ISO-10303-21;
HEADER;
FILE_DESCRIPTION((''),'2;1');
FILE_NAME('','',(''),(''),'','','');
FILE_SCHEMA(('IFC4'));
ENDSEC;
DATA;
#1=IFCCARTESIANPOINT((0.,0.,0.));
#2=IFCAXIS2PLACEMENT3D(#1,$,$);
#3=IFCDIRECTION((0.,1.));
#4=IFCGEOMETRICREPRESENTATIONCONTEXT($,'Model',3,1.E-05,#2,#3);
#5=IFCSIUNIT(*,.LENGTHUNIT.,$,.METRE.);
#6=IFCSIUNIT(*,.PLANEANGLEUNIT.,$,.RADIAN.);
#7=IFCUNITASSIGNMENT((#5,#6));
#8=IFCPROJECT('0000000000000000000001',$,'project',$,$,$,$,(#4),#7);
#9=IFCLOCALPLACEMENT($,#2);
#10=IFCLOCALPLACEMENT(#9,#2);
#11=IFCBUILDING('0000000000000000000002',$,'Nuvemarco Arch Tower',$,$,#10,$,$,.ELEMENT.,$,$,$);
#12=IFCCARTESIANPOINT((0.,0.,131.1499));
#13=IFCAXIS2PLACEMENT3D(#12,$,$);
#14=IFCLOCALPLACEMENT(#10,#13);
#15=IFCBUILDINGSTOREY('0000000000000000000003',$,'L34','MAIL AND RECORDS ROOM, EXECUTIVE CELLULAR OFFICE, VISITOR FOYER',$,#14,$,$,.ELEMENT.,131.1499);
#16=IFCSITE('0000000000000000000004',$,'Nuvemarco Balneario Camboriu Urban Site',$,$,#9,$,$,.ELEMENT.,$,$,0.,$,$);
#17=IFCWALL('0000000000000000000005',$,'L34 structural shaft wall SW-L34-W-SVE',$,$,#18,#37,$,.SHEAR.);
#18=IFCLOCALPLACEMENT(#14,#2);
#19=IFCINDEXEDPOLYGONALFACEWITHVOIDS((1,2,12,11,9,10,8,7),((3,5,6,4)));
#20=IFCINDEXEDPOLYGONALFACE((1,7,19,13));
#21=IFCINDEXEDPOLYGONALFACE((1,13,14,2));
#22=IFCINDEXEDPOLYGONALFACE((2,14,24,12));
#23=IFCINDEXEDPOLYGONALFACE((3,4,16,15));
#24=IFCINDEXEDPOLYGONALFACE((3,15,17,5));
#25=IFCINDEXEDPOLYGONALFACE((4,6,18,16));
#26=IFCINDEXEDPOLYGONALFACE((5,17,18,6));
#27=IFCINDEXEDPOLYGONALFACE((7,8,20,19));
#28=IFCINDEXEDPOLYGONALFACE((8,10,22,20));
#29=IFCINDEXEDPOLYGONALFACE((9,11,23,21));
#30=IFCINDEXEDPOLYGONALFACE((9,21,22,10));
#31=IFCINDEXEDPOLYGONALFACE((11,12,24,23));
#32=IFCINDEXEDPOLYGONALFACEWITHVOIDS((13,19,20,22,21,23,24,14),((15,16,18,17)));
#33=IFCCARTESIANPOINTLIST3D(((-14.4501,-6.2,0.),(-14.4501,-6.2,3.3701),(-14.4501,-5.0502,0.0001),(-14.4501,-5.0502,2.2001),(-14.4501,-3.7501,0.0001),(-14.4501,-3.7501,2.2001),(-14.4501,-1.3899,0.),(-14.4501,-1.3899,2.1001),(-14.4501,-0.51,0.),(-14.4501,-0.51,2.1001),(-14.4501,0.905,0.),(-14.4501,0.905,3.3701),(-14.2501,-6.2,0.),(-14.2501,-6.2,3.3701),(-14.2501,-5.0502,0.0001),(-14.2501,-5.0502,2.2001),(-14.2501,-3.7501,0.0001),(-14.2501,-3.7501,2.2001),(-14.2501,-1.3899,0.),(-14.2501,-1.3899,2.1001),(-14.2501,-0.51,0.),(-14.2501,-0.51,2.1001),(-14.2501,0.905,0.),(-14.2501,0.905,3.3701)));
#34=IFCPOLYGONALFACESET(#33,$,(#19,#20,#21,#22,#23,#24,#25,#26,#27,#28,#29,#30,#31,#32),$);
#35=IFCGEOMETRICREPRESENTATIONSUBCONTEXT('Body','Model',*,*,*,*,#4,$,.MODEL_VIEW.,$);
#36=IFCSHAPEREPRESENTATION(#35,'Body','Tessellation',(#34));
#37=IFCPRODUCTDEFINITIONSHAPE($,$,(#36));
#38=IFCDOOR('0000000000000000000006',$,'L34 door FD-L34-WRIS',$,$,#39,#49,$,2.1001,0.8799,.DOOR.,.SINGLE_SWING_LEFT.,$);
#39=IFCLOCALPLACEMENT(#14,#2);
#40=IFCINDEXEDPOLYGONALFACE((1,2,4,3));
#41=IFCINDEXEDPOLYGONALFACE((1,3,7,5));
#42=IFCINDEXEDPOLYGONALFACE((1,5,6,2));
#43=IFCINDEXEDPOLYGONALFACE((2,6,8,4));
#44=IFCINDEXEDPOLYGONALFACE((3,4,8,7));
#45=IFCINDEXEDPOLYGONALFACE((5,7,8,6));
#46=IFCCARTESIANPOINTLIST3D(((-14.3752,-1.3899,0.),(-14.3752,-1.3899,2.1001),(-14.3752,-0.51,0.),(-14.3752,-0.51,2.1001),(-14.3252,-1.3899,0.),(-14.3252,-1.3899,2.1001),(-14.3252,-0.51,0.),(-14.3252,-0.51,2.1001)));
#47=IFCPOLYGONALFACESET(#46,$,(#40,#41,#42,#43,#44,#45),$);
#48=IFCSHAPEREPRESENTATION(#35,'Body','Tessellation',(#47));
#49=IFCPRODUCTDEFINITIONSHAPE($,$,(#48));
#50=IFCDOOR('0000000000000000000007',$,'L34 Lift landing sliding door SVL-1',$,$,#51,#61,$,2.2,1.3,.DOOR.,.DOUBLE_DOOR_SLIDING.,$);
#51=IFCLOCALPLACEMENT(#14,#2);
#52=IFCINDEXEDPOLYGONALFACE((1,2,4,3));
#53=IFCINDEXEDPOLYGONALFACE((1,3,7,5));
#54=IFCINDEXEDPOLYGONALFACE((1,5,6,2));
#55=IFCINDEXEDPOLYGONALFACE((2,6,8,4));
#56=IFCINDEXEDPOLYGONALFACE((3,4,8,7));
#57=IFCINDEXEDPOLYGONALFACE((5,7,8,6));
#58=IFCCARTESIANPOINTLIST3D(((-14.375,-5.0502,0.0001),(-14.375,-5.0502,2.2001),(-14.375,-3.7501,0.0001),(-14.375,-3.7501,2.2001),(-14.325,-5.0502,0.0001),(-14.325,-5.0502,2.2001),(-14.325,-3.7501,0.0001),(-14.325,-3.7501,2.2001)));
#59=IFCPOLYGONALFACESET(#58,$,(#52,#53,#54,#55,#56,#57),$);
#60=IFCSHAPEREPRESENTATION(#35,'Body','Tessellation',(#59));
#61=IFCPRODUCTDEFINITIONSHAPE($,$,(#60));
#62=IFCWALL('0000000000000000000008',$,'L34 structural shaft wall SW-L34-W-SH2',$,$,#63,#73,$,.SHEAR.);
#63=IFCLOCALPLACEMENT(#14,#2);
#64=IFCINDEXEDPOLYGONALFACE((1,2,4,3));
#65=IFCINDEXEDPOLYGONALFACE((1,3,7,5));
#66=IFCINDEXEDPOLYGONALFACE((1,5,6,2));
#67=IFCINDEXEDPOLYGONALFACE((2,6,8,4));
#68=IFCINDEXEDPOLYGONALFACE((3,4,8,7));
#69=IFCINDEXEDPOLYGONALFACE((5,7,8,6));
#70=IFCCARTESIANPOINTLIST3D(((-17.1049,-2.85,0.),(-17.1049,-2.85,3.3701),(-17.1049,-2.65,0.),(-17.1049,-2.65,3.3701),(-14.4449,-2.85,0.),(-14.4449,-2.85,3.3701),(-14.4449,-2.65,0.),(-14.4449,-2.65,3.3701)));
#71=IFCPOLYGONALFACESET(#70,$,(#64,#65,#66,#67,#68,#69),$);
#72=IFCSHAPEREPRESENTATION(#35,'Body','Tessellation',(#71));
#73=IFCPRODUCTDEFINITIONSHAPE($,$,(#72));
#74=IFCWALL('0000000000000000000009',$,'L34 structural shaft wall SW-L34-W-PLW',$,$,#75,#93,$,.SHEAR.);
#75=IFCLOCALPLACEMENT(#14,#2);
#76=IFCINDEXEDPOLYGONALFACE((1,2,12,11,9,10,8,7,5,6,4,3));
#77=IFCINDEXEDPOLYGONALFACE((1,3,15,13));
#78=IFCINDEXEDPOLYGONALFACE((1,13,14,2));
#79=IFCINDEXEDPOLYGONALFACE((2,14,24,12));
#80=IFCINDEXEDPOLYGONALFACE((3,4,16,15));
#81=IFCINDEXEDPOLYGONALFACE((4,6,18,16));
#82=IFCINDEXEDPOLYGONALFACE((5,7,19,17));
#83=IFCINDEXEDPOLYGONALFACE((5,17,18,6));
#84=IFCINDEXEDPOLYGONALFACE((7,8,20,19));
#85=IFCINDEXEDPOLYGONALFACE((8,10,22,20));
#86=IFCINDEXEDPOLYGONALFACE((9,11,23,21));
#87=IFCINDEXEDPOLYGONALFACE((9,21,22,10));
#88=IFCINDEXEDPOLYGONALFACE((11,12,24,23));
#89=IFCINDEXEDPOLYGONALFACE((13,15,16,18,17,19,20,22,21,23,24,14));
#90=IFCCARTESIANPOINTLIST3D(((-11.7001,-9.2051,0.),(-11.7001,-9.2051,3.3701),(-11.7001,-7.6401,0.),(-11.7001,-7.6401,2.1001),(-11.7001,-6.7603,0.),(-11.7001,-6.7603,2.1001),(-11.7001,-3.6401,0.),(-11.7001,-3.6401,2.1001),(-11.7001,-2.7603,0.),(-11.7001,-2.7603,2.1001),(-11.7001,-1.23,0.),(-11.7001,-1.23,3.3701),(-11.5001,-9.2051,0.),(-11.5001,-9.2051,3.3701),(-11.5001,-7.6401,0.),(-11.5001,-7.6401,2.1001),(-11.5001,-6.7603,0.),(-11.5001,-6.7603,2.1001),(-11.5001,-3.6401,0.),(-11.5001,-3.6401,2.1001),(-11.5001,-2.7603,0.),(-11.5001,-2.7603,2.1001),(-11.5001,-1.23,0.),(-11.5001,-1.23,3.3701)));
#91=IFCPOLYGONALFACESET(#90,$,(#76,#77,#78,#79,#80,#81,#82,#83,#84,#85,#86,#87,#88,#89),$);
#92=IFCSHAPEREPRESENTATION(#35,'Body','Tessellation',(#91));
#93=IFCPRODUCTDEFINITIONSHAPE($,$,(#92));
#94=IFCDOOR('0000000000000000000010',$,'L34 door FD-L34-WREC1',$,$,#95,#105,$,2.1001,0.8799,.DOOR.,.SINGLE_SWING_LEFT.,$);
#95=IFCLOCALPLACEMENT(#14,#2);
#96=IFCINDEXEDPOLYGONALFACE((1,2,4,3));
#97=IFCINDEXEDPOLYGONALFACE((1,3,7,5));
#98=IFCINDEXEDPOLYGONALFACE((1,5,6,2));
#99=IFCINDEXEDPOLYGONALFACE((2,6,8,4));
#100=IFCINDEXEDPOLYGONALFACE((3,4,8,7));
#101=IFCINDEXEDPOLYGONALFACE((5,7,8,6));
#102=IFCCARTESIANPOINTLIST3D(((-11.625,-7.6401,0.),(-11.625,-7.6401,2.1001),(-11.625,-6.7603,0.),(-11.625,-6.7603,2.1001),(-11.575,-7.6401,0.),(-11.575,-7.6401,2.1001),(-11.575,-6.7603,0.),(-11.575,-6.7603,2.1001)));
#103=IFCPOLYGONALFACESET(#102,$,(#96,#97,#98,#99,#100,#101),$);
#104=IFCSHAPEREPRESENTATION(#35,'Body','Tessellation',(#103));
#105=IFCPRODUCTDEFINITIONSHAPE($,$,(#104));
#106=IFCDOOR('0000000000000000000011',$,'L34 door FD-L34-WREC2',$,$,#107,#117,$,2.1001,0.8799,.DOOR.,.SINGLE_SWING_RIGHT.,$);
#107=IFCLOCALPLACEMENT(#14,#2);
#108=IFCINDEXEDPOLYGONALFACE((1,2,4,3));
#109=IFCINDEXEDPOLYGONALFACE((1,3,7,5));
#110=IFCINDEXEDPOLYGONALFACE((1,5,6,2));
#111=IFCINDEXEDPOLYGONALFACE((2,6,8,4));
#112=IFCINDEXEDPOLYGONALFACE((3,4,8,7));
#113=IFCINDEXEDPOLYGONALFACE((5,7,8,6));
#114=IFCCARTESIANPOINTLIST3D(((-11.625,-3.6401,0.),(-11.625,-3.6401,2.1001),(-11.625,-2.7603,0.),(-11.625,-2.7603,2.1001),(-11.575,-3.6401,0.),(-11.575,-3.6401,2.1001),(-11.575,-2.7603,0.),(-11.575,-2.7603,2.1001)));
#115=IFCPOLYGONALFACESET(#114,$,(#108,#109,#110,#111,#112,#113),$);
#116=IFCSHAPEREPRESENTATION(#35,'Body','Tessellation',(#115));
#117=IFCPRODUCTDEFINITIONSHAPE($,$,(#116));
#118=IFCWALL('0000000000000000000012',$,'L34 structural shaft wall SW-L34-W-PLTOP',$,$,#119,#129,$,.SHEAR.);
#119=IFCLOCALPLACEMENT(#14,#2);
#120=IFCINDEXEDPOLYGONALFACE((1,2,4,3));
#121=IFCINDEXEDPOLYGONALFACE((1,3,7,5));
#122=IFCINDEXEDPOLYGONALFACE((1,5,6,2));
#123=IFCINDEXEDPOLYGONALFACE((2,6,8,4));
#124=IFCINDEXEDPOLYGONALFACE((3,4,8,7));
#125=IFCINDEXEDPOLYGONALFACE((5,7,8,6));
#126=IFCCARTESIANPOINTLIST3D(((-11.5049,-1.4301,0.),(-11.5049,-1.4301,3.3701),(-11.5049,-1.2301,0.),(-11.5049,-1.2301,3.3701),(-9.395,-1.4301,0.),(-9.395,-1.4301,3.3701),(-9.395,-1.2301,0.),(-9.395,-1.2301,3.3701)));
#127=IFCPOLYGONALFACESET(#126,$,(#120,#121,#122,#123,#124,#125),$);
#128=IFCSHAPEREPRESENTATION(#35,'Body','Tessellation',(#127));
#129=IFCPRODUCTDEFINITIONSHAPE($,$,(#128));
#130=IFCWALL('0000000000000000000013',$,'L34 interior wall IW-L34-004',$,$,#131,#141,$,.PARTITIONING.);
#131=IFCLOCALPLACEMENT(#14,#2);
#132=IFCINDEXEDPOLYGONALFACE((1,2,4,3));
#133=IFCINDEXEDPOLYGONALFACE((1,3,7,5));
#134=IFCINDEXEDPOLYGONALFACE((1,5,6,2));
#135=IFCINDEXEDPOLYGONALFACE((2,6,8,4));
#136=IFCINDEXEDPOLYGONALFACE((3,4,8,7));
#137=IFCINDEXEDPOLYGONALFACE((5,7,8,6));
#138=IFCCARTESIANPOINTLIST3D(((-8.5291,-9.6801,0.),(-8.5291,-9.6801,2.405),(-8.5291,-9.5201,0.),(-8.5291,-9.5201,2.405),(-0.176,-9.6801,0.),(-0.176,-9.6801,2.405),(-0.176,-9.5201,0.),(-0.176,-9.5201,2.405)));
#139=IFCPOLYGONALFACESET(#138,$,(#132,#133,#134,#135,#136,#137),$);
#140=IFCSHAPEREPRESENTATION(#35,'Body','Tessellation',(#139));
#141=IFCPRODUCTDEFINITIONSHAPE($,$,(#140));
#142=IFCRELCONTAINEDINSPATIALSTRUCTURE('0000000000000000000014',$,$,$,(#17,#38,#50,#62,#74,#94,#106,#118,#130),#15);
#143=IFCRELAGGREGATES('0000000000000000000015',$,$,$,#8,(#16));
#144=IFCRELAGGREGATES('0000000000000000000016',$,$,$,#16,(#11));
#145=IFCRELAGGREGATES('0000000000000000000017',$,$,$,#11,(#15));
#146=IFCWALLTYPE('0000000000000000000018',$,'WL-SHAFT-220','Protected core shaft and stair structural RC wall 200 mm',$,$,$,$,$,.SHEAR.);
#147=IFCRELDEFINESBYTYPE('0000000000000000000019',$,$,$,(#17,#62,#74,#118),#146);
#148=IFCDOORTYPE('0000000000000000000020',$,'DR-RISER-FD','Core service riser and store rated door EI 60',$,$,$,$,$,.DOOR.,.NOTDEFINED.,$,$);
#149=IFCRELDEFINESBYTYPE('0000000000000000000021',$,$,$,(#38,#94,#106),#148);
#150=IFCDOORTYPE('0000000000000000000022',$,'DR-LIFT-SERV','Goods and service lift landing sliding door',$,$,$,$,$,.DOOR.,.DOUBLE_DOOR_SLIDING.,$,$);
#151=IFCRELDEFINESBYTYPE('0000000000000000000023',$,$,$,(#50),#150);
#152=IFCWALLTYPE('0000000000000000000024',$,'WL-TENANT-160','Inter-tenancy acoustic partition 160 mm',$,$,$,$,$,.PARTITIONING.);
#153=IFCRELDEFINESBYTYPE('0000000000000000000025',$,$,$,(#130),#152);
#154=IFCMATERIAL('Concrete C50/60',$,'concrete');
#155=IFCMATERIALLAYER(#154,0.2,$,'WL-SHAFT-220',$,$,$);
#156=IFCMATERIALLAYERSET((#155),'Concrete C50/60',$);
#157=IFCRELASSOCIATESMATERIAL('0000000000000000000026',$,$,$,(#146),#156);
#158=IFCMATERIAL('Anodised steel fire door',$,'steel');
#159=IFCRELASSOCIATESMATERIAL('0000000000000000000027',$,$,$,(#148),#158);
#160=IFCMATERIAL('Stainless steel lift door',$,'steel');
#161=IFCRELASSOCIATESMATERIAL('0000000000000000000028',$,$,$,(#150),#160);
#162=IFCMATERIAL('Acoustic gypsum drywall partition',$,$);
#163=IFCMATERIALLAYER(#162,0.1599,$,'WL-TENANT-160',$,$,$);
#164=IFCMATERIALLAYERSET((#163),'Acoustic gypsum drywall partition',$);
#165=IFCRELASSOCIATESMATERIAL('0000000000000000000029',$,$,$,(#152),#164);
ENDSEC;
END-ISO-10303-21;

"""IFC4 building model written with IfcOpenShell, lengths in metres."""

from ifc_helpers import new_model, si_unit, direction, frame, frame_2d, origin, place, context, subcontext, project, spatial, rectangle, extrude, source, transform, mapped, material, layer, layer_set, type_object, type_shapes, element, fill, save


model = new_model("IFC4")

# Units and contexts
model_context = context("Model", 3, precision=1e-05, world=origin(), true_north=direction((0.0, 1.0)))
body_context = subcontext(model_context, "Body", "Model", "MODEL_VIEW")
ifc_project = project(units=[si_unit("LENGTHUNIT", "METRE"), si_unit("PLANEANGLEUNIT", "RADIAN")], contexts=[model_context])

# Site, building, storey
site_placement = place(None, origin())
site = spatial("IfcSite", under=ifc_project, at=site_placement, Name="Nuvemarco Balneario Camboriu Urban Site", CompositionType="ELEMENT", RefElevation=0.0)
building_placement = place(site_placement, origin())
building = spatial("IfcBuilding", under=site, at=building_placement, Name="Nuvemarco Arch Tower", CompositionType="ELEMENT")
storey_placement = place(building_placement, frame((0.0, 0.0, 131.1499)))
storey = spatial("IfcBuildingStorey", under=building, at=storey_placement, Name="L34", Description="MAIL AND RECORDS ROOM, EXECUTIVE CELLULAR OFFICE, VISITOR FOYER", CompositionType="ELEMENT", Elevation=131.1499)

# Shared definitions
ifc_material_1 = material(Name="Concrete C50/60", Category="concrete")

# Shared definitions
ifc_material_2 = material(Name="Anodised steel fire door", Category="steel")

# Shared definitions
ifc_layer_1 = layer(ifc_material_1, 0.2, Name="WL-SHAFT-220")
ifc_layer_set_1 = layer_set([ifc_layer_1], Name="Concrete C50/60")
wall_type_1 = type_object("IfcWallType", Name="WL-SHAFT-220", Description="Protected core shaft and stair structural RC wall 200 mm", PredefinedType="SHEAR", material=ifc_layer_set_1)
ifc_material_3 = material(Name="Stainless steel lift door", Category="steel")

# Wall, openings, doors
wall_1_placement = place(storey_placement, frame((-14.3501, -6.2, 0.0), z_axis=(0.0, 0.0, 1.0), x_axis=(0.0, 1.0, 0.0)))
wall_1 = element("IfcWall", 1, at=wall_1_placement, inside=storey, type_object=wall_type_1, Name="L34 structural shaft wall SW-L34-W-SVE", PredefinedType="SHEAR", context=body_context, shape_type="SweptSolid", body=[
    extrude(rectangle(XDim=7.105, YDim=0.2, at=frame_2d((3.5525, 0.0))), origin(), (0.0, 0.0, 1.0), 3.3701),
])
opening_1_placement = place(wall_1_placement, frame((5.6899, 0.0, 0.0), z_axis=(0.0, 0.0, 1.0), x_axis=(-1.0, 0.0, 0.0)))
opening_1 = element("IfcOpeningElement", 2, at=opening_1_placement, cuts=wall_1, PredefinedType="OPENING", context=body_context, shape_type="SweptSolid", body=[
    extrude(rectangle(XDim=0.8799, YDim=2.1001, at=frame_2d((0.4399, 1.05))), frame((0.0, 0.1099, 0.0), z_axis=(0.0, -1.0, 0.0), x_axis=(1.0, 0.0, 0.0)), (0.0, 0.0, 1.0), 0.22),
])
opening_2_placement = place(wall_1_placement, frame((1.1499, 0.0, 0.0)))
opening_2 = element("IfcOpeningElement", 3, at=opening_2_placement, cuts=wall_1, PredefinedType="OPENING", context=body_context, shape_type="SweptSolid", body=[
    extrude(rectangle(XDim=1.3, YDim=2.2, at=frame_2d((0.6499, 1.1001))), frame((0.0, 0.1099, 0.0), z_axis=(0.0, -1.0, 0.0), x_axis=(1.0, 0.0, 0.0)), (0.0, 0.0, 1.0), 0.22),
])
door_type_1 = type_object("IfcDoorType", Name="DR-RISER-FD", Description="Core service riser and store rated door EI 60", OperationType="NOTDEFINED", PredefinedType="DOOR", material=ifc_material_2)
shared_shape_1 = source(origin(), body_context, "Body", "SweptSolid", [
    extrude(rectangle(XDim=0.8799, YDim=2.1001, at=frame_2d((0.4399, 1.05))), frame((0.0, 0.0249, 0.0), z_axis=(0.0, -1.0, 0.0), x_axis=(1.0, 0.0, 0.0)), (0.0, 0.0, 1.0), 0.05),
])
type_shapes(door_type_1, [shared_shape_1])
door_1_placement = place(opening_1_placement, origin())
door_1 = element("IfcDoor", 4, at=door_1_placement, inside=storey, type_object=door_type_1, Name="L34 door FD-L34-WRIS", OperationType="SINGLE_SWING_LEFT", OverallHeight=2.1001, OverallWidth=0.8799, PredefinedType="DOOR", context=body_context, shape_type="MappedRepresentation", body=[
    mapped(shared_shape_1, transform((0.0, 0.0, 0.0), scale=1.0)),
])
fill(opening_1, door_1)
door_type_2 = type_object("IfcDoorType", Name="DR-LIFT-SERV", Description="Goods and service lift landing sliding door", OperationType="DOUBLE_DOOR_SLIDING", PredefinedType="DOOR", material=ifc_material_3)
shared_shape_2 = source(origin(), body_context, "Body", "SweptSolid", [
    extrude(rectangle(XDim=1.3, YDim=2.2, at=frame_2d((0.6499, 1.1001))), frame((0.0, 0.0249, 0.0), z_axis=(0.0, -1.0, 0.0), x_axis=(1.0, 0.0, 0.0)), (0.0, 0.0, 1.0), 0.05),
])
type_shapes(door_type_2, [shared_shape_2])
door_2_placement = place(opening_2_placement, origin())
door_2 = element("IfcDoor", 5, at=door_2_placement, inside=storey, type_object=door_type_2, Name="L34 Lift landing sliding door SVL-1", OperationType="DOUBLE_DOOR_SLIDING", OverallHeight=2.2, OverallWidth=1.3, PredefinedType="DOOR", context=body_context, shape_type="MappedRepresentation", body=[
    mapped(shared_shape_2, transform((0.0, 0.0, 0.0), scale=1.0)),
])
fill(opening_2, door_2)

# Wall
wall_2_placement = place(storey_placement, frame((-17.105, -2.75, 0.0), z_axis=(0.0, 0.0, 1.0), x_axis=(1.0, 0.0, 0.0)))
element("IfcWall", 6, at=wall_2_placement, inside=storey, type_object=wall_type_1, Name="L34 structural shaft wall SW-L34-W-SH2", PredefinedType="SHEAR", context=body_context, shape_type="SweptSolid", body=[
    extrude(rectangle(XDim=2.6599, YDim=0.2, at=frame_2d((1.3301, 0.0))), origin(), (0.0, 0.0, 1.0), 3.3701),
])

# Wall, openings, doors
wall_3_placement = place(storey_placement, frame((-11.6001, -9.2051, 0.0), z_axis=(0.0, 0.0, 1.0), x_axis=(0.0, 1.0, 0.0)))
wall_3 = element("IfcWall", 7, at=wall_3_placement, inside=storey, type_object=wall_type_1, Name="L34 structural shaft wall SW-L34-W-PLW", PredefinedType="SHEAR", context=body_context, shape_type="SweptSolid", body=[
    extrude(rectangle(XDim=7.9751, YDim=0.2, at=frame_2d((3.9875, 0.0))), origin(), (0.0, 0.0, 1.0), 3.3701),
])
opening_3_placement = place(wall_3_placement, frame((1.5649, 0.0, 0.0)))
opening_3 = element("IfcOpeningElement", 8, at=opening_3_placement, cuts=wall_3, PredefinedType="OPENING", context=body_context, shape_type="SweptSolid", body=[
    extrude(rectangle(XDim=0.8799, YDim=2.1001, at=frame_2d((0.4399, 1.05))), frame((0.0, 0.1099, 0.0), z_axis=(0.0, -1.0, 0.0), x_axis=(1.0, 0.0, 0.0)), (0.0, 0.0, 1.0), 0.22),
])
opening_4_placement = place(wall_3_placement, frame((5.5649, 0.0, 0.0)))
opening_4 = element("IfcOpeningElement", 9, at=opening_4_placement, cuts=wall_3, PredefinedType="OPENING", context=body_context, shape_type="SweptSolid", body=[
    extrude(rectangle(XDim=0.8799, YDim=2.1001, at=frame_2d((0.4399, 1.05))), frame((0.0, 0.1099, 0.0), z_axis=(0.0, -1.0, 0.0), x_axis=(1.0, 0.0, 0.0)), (0.0, 0.0, 1.0), 0.22),
])
door_3_placement = place(opening_3_placement, origin())
door_3 = element("IfcDoor", 10, at=door_3_placement, inside=storey, type_object=door_type_1, Name="L34 door FD-L34-WREC1", OperationType="SINGLE_SWING_LEFT", OverallHeight=2.1001, OverallWidth=0.8799, PredefinedType="DOOR", context=body_context, shape_type="MappedRepresentation", body=[
    mapped(shared_shape_1, transform((0.0, 0.0, 0.0), scale=1.0)),
])
fill(opening_3, door_3)
door_4_placement = place(opening_4_placement, origin())
door_4 = element("IfcDoor", 11, at=door_4_placement, inside=storey, type_object=door_type_1, Name="L34 door FD-L34-WREC2", OperationType="SINGLE_SWING_RIGHT", OverallHeight=2.1001, OverallWidth=0.8799, PredefinedType="DOOR", context=body_context, shape_type="MappedRepresentation", body=[
    mapped(shared_shape_1, transform((0.0, 0.0, 0.0), scale=1.0)),
])
fill(opening_4, door_4)

# Walls
wall_4_placement = place(storey_placement, frame((-11.5049, -1.3301, 0.0), z_axis=(0.0, 0.0, 1.0), x_axis=(1.0, 0.0, 0.0)))
element("IfcWall", 12, at=wall_4_placement, inside=storey, type_object=wall_type_1, Name="L34 structural shaft wall SW-L34-W-PLTOP", PredefinedType="SHEAR", context=body_context, shape_type="SweptSolid", body=[
    extrude(rectangle(XDim=2.1099, YDim=0.2, at=frame_2d((1.0549, 0.0))), origin(), (0.0, 0.0, 1.0), 3.3701),
])
ifc_material_4 = material(Name="Acoustic gypsum drywall partition")
ifc_layer_2 = layer(ifc_material_4, 0.1599, Name="WL-TENANT-160")
ifc_layer_set_2 = layer_set([ifc_layer_2], Name="Acoustic gypsum drywall partition")
wall_type_2 = type_object("IfcWallType", Name="WL-TENANT-160", Description="Inter-tenancy acoustic partition 160 mm", PredefinedType="PARTITIONING", material=ifc_layer_set_2)
wall_5_placement = place(storey_placement, frame((-8.5291, -9.6001, 0.0), z_axis=(0.0, 0.0, 1.0), x_axis=(1.0, 0.0, 0.0)))
element("IfcWall", 13, at=wall_5_placement, inside=storey, type_object=wall_type_2, Name="L34 interior wall IW-L34-004", PredefinedType="PARTITIONING", context=body_context, shape_type="SweptSolid", body=[
    extrude(rectangle(XDim=8.353, YDim=0.1599, at=frame_2d((4.1765, 0.0))), origin(), (0.0, 0.0, 1.0), 2.405),
])

save(model, "model.ifc")
